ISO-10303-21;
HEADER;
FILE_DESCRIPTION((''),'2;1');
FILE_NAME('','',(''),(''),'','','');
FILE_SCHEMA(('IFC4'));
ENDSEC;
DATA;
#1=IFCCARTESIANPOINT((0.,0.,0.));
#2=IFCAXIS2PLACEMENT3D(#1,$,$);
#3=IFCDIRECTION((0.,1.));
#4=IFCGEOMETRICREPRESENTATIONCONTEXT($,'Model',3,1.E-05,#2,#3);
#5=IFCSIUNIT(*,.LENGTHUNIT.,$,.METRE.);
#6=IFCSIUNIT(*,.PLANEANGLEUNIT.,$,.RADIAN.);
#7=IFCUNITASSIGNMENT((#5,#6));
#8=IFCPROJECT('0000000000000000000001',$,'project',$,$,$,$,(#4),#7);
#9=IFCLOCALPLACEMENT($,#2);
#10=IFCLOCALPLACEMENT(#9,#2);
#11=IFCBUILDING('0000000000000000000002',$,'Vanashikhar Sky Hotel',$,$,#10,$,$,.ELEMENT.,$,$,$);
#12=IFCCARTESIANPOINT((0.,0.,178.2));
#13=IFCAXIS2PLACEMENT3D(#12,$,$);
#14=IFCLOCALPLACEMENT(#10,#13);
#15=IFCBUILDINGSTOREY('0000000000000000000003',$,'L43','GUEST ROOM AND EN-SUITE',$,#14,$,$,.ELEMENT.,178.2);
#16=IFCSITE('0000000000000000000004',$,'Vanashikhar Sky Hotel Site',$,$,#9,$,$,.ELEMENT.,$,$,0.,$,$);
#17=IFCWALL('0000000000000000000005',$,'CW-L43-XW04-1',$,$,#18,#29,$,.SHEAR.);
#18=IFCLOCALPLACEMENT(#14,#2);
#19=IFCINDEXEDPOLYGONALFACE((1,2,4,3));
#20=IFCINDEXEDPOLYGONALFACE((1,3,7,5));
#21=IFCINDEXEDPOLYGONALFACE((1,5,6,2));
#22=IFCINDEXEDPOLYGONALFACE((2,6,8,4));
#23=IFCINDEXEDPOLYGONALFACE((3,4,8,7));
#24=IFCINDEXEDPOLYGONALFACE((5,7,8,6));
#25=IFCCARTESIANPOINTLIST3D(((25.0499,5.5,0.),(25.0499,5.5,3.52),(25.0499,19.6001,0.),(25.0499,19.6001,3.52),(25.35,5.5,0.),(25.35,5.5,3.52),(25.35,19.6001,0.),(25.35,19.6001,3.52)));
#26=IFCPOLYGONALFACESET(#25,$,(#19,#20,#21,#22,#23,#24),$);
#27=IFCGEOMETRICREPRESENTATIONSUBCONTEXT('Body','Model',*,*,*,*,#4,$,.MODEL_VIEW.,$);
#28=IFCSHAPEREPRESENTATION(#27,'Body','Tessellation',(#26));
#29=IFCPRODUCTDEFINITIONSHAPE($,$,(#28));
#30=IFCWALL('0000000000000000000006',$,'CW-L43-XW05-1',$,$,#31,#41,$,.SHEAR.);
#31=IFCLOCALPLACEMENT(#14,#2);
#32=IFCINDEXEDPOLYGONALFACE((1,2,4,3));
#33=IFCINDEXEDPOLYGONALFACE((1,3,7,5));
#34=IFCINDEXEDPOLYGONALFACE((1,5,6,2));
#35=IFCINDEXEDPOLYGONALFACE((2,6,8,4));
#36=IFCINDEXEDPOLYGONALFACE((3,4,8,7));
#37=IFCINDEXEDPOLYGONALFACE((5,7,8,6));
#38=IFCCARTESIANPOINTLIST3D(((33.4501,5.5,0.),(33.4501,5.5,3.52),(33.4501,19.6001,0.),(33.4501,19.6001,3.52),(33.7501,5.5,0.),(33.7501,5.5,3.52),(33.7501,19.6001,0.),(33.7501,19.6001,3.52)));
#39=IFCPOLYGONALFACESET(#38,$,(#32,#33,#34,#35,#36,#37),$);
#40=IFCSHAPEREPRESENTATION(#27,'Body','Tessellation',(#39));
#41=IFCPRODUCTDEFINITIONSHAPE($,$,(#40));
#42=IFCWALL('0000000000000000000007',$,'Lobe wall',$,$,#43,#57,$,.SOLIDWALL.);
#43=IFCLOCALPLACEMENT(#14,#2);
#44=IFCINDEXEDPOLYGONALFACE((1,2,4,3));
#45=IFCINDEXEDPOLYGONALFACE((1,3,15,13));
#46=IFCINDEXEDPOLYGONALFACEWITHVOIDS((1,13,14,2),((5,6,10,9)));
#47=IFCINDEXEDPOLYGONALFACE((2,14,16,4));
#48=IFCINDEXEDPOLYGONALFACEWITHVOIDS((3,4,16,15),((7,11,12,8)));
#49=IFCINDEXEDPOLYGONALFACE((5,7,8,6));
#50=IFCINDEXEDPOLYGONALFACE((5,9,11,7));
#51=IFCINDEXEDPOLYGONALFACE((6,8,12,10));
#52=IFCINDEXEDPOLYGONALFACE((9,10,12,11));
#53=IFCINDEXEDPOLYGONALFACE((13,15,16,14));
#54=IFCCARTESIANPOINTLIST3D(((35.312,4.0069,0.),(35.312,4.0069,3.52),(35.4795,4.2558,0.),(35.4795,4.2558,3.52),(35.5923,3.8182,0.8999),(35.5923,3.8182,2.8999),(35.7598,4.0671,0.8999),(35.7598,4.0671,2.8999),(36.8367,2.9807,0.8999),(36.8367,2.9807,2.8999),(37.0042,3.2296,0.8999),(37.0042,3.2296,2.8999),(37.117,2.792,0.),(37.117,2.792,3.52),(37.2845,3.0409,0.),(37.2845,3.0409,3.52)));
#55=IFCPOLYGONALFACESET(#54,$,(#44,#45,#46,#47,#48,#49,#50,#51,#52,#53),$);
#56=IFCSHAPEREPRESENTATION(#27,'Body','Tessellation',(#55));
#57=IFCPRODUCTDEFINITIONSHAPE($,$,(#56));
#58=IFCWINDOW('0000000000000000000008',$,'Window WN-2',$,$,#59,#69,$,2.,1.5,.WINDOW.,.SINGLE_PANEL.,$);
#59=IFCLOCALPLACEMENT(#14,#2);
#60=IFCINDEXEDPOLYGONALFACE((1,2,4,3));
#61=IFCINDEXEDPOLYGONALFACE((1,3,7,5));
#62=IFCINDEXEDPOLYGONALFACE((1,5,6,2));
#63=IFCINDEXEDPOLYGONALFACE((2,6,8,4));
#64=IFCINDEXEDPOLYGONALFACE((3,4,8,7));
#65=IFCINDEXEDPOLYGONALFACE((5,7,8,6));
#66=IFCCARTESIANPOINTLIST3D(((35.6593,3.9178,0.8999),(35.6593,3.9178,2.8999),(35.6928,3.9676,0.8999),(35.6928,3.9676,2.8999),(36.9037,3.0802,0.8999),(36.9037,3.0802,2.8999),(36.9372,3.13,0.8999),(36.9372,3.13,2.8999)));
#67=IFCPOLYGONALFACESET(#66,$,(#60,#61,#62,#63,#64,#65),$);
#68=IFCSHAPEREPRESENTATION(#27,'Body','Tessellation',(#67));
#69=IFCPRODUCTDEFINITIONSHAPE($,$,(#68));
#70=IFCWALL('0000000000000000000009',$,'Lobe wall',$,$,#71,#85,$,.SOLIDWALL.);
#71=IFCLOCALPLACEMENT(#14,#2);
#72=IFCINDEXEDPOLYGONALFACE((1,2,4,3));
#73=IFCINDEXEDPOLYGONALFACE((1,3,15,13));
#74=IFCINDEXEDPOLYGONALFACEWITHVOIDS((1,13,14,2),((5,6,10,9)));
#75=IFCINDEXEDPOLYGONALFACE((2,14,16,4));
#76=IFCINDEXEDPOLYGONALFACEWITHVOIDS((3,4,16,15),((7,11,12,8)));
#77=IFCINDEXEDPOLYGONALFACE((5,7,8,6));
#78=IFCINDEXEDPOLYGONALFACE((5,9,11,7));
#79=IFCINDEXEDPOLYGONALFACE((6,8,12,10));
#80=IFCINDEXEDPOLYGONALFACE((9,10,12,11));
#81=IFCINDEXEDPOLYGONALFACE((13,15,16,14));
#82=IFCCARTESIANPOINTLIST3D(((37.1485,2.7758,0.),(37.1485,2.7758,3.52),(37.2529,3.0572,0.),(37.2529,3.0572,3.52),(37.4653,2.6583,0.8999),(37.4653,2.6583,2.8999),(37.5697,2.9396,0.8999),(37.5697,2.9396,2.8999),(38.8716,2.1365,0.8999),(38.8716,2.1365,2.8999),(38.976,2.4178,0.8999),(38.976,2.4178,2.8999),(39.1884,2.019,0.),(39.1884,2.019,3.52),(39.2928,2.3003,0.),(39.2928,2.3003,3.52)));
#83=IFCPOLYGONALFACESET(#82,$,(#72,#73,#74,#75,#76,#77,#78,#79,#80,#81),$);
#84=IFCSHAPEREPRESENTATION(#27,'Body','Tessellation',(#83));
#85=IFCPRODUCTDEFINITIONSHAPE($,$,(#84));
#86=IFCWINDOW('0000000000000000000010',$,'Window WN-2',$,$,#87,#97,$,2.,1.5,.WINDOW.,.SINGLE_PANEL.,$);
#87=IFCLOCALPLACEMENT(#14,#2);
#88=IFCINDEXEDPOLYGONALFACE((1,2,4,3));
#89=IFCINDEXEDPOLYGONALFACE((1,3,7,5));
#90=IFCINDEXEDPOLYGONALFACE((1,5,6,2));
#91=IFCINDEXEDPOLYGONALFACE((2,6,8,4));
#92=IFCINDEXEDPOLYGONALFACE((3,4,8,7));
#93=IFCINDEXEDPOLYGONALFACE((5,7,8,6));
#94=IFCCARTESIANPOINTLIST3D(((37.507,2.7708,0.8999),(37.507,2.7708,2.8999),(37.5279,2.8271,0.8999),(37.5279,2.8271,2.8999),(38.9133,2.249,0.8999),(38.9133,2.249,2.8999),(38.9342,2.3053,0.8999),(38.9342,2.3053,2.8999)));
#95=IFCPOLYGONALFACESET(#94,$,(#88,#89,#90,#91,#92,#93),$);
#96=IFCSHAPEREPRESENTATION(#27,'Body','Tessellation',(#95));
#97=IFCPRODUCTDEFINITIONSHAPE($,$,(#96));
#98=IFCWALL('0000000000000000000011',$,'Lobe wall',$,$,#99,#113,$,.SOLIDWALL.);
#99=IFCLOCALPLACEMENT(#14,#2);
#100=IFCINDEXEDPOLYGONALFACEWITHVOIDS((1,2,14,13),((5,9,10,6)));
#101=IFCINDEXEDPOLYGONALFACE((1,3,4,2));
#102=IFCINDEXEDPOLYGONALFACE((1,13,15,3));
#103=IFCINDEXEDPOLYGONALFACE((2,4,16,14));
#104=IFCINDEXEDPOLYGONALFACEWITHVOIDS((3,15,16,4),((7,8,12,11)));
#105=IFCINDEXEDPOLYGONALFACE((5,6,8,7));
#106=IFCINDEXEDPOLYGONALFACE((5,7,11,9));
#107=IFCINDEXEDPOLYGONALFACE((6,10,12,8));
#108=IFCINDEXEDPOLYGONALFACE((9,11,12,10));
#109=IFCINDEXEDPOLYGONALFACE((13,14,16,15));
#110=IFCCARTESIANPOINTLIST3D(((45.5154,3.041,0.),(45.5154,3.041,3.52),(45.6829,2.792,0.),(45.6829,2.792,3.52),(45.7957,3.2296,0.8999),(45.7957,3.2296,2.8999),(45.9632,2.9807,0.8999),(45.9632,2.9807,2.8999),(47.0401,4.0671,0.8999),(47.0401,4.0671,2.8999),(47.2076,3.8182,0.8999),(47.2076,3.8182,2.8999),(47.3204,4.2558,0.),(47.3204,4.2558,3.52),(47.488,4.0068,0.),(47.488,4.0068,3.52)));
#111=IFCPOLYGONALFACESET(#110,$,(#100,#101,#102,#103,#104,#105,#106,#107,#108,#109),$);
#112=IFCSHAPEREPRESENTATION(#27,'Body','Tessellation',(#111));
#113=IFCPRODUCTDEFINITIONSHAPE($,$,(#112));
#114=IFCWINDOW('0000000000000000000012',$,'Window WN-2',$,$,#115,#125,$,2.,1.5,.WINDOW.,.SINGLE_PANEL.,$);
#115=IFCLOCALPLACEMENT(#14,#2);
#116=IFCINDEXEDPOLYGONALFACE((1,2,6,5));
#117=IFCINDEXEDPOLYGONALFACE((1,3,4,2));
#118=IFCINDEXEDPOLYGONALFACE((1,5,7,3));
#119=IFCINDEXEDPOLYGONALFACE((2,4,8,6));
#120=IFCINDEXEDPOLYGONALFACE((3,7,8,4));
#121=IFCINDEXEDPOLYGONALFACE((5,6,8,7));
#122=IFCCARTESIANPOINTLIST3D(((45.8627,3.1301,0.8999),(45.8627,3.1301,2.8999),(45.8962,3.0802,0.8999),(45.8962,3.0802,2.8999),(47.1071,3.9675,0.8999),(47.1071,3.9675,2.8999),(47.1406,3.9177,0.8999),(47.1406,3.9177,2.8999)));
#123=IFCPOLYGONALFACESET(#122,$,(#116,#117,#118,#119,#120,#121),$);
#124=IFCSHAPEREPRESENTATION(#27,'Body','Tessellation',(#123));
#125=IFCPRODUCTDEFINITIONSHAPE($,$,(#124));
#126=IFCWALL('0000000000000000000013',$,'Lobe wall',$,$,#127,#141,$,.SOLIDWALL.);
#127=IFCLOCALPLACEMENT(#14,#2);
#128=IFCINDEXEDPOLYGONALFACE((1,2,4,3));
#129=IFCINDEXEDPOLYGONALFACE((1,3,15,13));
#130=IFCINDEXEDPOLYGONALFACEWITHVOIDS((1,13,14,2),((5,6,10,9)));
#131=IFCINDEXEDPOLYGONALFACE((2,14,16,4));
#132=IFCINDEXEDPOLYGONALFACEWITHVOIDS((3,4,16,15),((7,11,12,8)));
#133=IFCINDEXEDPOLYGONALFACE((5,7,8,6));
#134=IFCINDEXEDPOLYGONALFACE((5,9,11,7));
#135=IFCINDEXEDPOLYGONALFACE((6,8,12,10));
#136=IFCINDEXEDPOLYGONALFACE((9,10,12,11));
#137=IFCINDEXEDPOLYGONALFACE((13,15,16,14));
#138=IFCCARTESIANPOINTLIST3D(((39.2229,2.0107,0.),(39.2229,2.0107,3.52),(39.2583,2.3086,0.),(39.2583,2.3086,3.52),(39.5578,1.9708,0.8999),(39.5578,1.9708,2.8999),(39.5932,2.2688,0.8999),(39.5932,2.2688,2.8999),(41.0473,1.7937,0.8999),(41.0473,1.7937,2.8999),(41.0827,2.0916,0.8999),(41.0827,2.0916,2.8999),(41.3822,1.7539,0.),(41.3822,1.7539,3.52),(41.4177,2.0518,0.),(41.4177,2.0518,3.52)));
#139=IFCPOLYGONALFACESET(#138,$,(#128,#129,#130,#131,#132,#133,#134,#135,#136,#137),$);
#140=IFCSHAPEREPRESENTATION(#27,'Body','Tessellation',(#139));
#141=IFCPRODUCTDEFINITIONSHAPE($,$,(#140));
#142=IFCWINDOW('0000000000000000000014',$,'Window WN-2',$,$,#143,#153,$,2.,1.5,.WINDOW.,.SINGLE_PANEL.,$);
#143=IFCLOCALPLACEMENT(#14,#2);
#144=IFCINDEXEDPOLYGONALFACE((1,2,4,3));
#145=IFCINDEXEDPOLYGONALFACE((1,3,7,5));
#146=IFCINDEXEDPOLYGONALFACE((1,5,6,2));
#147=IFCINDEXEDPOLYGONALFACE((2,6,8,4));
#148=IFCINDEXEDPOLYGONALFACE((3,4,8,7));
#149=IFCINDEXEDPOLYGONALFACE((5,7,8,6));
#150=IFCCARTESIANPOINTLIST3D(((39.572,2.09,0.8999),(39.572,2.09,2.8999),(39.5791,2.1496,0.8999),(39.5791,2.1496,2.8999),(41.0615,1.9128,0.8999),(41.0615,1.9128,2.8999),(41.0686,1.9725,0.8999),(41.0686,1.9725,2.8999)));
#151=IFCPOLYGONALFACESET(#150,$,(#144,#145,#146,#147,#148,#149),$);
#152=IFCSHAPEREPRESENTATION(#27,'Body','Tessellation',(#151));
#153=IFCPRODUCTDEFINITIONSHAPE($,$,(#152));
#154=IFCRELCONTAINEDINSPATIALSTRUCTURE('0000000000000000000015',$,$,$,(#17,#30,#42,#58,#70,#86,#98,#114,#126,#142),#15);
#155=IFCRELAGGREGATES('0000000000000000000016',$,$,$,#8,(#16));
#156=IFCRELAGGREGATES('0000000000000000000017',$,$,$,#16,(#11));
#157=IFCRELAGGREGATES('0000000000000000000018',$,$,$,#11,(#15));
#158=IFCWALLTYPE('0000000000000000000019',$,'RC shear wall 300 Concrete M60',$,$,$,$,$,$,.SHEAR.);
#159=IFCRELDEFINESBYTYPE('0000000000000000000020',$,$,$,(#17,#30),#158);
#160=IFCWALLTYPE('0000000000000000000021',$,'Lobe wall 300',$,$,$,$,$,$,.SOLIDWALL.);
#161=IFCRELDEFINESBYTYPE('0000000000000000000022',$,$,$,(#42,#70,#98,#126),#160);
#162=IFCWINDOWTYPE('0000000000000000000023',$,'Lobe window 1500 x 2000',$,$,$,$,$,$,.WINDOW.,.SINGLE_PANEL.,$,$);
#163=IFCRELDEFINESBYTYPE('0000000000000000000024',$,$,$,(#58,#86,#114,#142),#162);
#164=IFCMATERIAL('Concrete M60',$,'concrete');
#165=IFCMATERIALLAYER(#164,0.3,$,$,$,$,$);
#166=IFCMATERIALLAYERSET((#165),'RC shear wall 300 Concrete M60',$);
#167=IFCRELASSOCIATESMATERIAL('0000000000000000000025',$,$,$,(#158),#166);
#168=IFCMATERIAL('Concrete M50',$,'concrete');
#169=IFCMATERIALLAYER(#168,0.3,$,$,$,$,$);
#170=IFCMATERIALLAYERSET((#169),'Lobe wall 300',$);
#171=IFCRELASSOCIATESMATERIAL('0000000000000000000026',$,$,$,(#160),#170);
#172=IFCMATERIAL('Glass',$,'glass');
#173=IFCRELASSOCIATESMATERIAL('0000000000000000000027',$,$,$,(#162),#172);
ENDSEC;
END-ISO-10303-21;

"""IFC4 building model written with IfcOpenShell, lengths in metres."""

from ifc_helpers import new_model, si_unit, direction, frame, frame_2d, origin, place, context, subcontext, project, spatial, rectangle, extrude, source, transform, mapped, material, layer, layer_set, type_object, element, fill, save


model = new_model("IFC4")

# Units and contexts
model_context = context("Model", 3, precision=1e-05, world=origin(), true_north=direction((0.0, 1.0)))
body_context = subcontext(model_context, "Body", "Model", "MODEL_VIEW")
ifc_project = project(units=[si_unit("LENGTHUNIT", "METRE"), si_unit("PLANEANGLEUNIT", "RADIAN")], contexts=[model_context])

# Site, building, storey
site_placement = place(None, origin())
site = spatial("IfcSite", under=ifc_project, at=site_placement, Name="Vanashikhar Sky Hotel Site", CompositionType="ELEMENT", RefElevation=0.0)
building_placement = place(site_placement, origin())
building = spatial("IfcBuilding", under=site, at=building_placement, Name="Vanashikhar Sky Hotel", CompositionType="ELEMENT")
storey_placement = place(building_placement, frame((0.0, 0.0, 178.2)))
storey = spatial("IfcBuildingStorey", under=building, at=storey_placement, Name="L43", Description="GUEST ROOM AND EN-SUITE", CompositionType="ELEMENT", Elevation=178.2)

# Walls
ifc_material_1 = material(Name="Concrete M60", Category="concrete")
ifc_layer_1 = layer(ifc_material_1, 0.3)
ifc_layer_set_1 = layer_set([ifc_layer_1], Name="RC shear wall 300 Concrete M60")
wall_type_1 = type_object("IfcWallType", Name="RC shear wall 300 Concrete M60", PredefinedType="SHEAR", material=ifc_layer_set_1)
shared_shape_1 = source(origin(), body_context, "Body", "SweptSolid", [
    extrude(rectangle(XDim=14.1001, YDim=0.3, at=frame_2d((7.05, 0.0))), origin(), (0.0, 0.0, 1.0), 3.52),
])
for number, where, z_axis, x_axis, name in (
    (1, (25.2, 5.5, 0.0), (0.0, 0.0, 1.0), (0.0, 1.0, 0.0), "CW-L43-XW04-1"),
    (2, (33.6001, 5.5, 0.0), (0.0, 0.0, 1.0), (0.0, 1.0, 0.0), "CW-L43-XW05-1"),
):
    element("IfcWall", number, at=place(storey_placement, frame(where, z_axis=z_axis, x_axis=x_axis)), inside=storey, type_object=wall_type_1, Name=name, PredefinedType="SHEAR", context=body_context, shape_type="MappedRepresentation", body=[
        mapped(shared_shape_1, transform((0.0, 0.0, 0.0), scale=1.0)),
    ])

# Walls, openings, windows
ifc_material_2 = material(Name="Concrete M50", Category="concrete")
ifc_layer_2 = layer(ifc_material_2, 0.3)
ifc_layer_set_2 = layer_set([ifc_layer_2], Name="Lobe wall 300")
wall_type_2 = type_object("IfcWallType", Name="Lobe wall 300", PredefinedType="SOLIDWALL", material=ifc_layer_set_2)
shared_shape_2 = source(origin(), body_context, "Body", "SweptSolid", [
    extrude(rectangle(XDim=2.1758, YDim=0.3, at=frame_2d((1.0879, 0.0))), origin(), (0.0, 0.0, 1.0), 3.52),
])
wall_1_placement = place(storey_placement, frame((35.3958, 4.1313, 0.0), z_axis=(0.0, 0.0, 1.0), x_axis=(0.829591, -0.558372, 0.0)))
wall_1 = element("IfcWall", 3, at=wall_1_placement, inside=storey, type_object=wall_type_2, Name="Lobe wall", PredefinedType="SOLIDWALL", context=body_context, shape_type="MappedRepresentation", body=[
    mapped(shared_shape_2, transform((0.0, 0.0, 0.0), scale=1.0)),
])
shared_shape_3 = source(origin(), body_context, "Body", "SweptSolid", [
    extrude(rectangle(XDim=1.5, YDim=2.0, at=frame_2d((0.75, 1.0))), frame((0.0, 0.1602, 0.0), z_axis=(0.0, -1.0, 0.0), x_axis=(1.0, 0.0, 0.0)), (0.0, 0.0, 1.0), 0.3201),
])
opening_1_placement = place(wall_1_placement, frame((0.3379, 0.0, 0.8999)))
opening_1 = element("IfcOpeningElement", 4, at=opening_1_placement, cuts=wall_1, PredefinedType="OPENING", context=body_context, shape_type="MappedRepresentation", body=[
    mapped(shared_shape_3, transform((0.0, 0.0, 0.0), scale=1.0)),
])
ifc_material_3 = material(Name="Glass", Category="glass")
window_type = type_object("IfcWindowType", Name="Lobe window 1500 x 2000", PartitioningType="SINGLE_PANEL", PredefinedType="WINDOW", material=ifc_material_3)
shared_shape_4 = source(origin(), body_context, "Body", "SweptSolid", [
    extrude(rectangle(XDim=1.5, YDim=2.0, at=frame_2d((0.75, 1.0))), frame((0.0, 0.03, 0.0), z_axis=(0.0, -1.0, 0.0), x_axis=(1.0, 0.0, 0.0)), (0.0, 0.0, 1.0), 0.0601),
])
window_1_placement = place(opening_1_placement, origin())
window_1 = element("IfcWindow", 5, at=window_1_placement, inside=storey, type_object=window_type, Name="Window WN-2", OverallHeight=2.0, OverallWidth=1.5, PartitioningType="SINGLE_PANEL", PredefinedType="WINDOW", context=body_context, shape_type="MappedRepresentation", body=[
    mapped(shared_shape_4, transform((0.0, 0.0, 0.0), scale=1.0)),
])
fill(opening_1, window_1)
wall_2_placement = place(storey_placement, frame((37.2007, 2.9165, 0.0), z_axis=(0.0, 0.0, 1.0), x_axis=(0.937546, -0.347863, 0.0)))
wall_2 = element("IfcWall", 6, at=wall_2_placement, inside=storey, type_object=wall_type_2, Name="Lobe wall", PredefinedType="SOLIDWALL", context=body_context, shape_type="MappedRepresentation", body=[
    mapped(shared_shape_2, transform((0.0, 0.0, 0.0), scale=1.0)),
])
opening_2_placement = place(wall_2_placement, frame((0.3379, 0.0, 0.8999)))
opening_2 = element("IfcOpeningElement", 7, at=opening_2_placement, cuts=wall_2, PredefinedType="OPENING", context=body_context, shape_type="MappedRepresentation", body=[
    mapped(shared_shape_3, transform((0.0, 0.0, 0.0), scale=1.0)),
])
window_2_placement = place(opening_2_placement, origin())
window_2 = element("IfcWindow", 8, at=window_2_placement, inside=storey, type_object=window_type, Name="Window WN-2", OverallHeight=2.0, OverallWidth=1.5, PartitioningType="SINGLE_PANEL", PredefinedType="WINDOW", context=body_context, shape_type="MappedRepresentation", body=[
    mapped(shared_shape_4, transform((0.0, 0.0, 0.0), scale=1.0)),
])
fill(opening_2, window_2)
wall_3_placement = place(storey_placement, frame((45.5991, 2.9165, 0.0), z_axis=(0.0, 0.0, 1.0), x_axis=(0.829626, 0.55832, 0.0)))
wall_3 = element("IfcWall", 9, at=wall_3_placement, inside=storey, type_object=wall_type_2, Name="Lobe wall", PredefinedType="SOLIDWALL", context=body_context, shape_type="MappedRepresentation", body=[
    mapped(shared_shape_2, transform((0.0, 0.0, 0.0), scale=1.0)),
])
opening_3_placement = place(wall_3_placement, frame((0.3379, 0.0, 0.8999)))
opening_3 = element("IfcOpeningElement", 10, at=opening_3_placement, cuts=wall_3, PredefinedType="OPENING", context=body_context, shape_type="MappedRepresentation", body=[
    mapped(shared_shape_3, transform((0.0, 0.0, 0.0), scale=1.0)),
])
window_3_placement = place(opening_3_placement, origin())
window_3 = element("IfcWindow", 11, at=window_3_placement, inside=storey, type_object=window_type, Name="Window WN-2", OverallHeight=2.0, OverallWidth=1.5, PartitioningType="SINGLE_PANEL", PredefinedType="WINDOW", context=body_context, shape_type="MappedRepresentation", body=[
    mapped(shared_shape_4, transform((0.0, 0.0, 0.0), scale=1.0)),
])
fill(opening_3, window_3)
shared_shape_5 = source(origin(), body_context, "Body", "SweptSolid", [
    extrude(rectangle(XDim=2.1746, YDim=0.3, at=frame_2d((1.0874, 0.0))), origin(), (0.0, 0.0, 1.0), 3.52),
])
wall_4_placement = place(storey_placement, frame((39.2405, 2.1597, 0.0), z_axis=(0.0, 0.0, 1.0), x_axis=(0.993001, -0.118105, 0.0)))
wall_4 = element("IfcWall", 12, at=wall_4_placement, inside=storey, type_object=wall_type_2, Name="Lobe wall", PredefinedType="SOLIDWALL", context=body_context, shape_type="MappedRepresentation", body=[
    mapped(shared_shape_5, transform((0.0, 0.0, 0.0), scale=1.0)),
])
opening_4_placement = place(wall_4_placement, frame((0.3374, 0.0, 0.8999)))
opening_4 = element("IfcOpeningElement", 13, at=opening_4_placement, cuts=wall_4, PredefinedType="OPENING", context=body_context, shape_type="MappedRepresentation", body=[
    mapped(shared_shape_3, transform((0.0, 0.0, 0.0), scale=1.0)),
])
window_4_placement = place(opening_4_placement, origin())
window_4 = element("IfcWindow", 14, at=window_4_placement, inside=storey, type_object=window_type, Name="Window WN-2", OverallHeight=2.0, OverallWidth=1.5, PartitioningType="SINGLE_PANEL", PredefinedType="WINDOW", context=body_context, shape_type="MappedRepresentation", body=[
    mapped(shared_shape_4, transform((0.0, 0.0, 0.0), scale=1.0)),
])
fill(opening_4, window_4)

save(model, "model.ifc")
